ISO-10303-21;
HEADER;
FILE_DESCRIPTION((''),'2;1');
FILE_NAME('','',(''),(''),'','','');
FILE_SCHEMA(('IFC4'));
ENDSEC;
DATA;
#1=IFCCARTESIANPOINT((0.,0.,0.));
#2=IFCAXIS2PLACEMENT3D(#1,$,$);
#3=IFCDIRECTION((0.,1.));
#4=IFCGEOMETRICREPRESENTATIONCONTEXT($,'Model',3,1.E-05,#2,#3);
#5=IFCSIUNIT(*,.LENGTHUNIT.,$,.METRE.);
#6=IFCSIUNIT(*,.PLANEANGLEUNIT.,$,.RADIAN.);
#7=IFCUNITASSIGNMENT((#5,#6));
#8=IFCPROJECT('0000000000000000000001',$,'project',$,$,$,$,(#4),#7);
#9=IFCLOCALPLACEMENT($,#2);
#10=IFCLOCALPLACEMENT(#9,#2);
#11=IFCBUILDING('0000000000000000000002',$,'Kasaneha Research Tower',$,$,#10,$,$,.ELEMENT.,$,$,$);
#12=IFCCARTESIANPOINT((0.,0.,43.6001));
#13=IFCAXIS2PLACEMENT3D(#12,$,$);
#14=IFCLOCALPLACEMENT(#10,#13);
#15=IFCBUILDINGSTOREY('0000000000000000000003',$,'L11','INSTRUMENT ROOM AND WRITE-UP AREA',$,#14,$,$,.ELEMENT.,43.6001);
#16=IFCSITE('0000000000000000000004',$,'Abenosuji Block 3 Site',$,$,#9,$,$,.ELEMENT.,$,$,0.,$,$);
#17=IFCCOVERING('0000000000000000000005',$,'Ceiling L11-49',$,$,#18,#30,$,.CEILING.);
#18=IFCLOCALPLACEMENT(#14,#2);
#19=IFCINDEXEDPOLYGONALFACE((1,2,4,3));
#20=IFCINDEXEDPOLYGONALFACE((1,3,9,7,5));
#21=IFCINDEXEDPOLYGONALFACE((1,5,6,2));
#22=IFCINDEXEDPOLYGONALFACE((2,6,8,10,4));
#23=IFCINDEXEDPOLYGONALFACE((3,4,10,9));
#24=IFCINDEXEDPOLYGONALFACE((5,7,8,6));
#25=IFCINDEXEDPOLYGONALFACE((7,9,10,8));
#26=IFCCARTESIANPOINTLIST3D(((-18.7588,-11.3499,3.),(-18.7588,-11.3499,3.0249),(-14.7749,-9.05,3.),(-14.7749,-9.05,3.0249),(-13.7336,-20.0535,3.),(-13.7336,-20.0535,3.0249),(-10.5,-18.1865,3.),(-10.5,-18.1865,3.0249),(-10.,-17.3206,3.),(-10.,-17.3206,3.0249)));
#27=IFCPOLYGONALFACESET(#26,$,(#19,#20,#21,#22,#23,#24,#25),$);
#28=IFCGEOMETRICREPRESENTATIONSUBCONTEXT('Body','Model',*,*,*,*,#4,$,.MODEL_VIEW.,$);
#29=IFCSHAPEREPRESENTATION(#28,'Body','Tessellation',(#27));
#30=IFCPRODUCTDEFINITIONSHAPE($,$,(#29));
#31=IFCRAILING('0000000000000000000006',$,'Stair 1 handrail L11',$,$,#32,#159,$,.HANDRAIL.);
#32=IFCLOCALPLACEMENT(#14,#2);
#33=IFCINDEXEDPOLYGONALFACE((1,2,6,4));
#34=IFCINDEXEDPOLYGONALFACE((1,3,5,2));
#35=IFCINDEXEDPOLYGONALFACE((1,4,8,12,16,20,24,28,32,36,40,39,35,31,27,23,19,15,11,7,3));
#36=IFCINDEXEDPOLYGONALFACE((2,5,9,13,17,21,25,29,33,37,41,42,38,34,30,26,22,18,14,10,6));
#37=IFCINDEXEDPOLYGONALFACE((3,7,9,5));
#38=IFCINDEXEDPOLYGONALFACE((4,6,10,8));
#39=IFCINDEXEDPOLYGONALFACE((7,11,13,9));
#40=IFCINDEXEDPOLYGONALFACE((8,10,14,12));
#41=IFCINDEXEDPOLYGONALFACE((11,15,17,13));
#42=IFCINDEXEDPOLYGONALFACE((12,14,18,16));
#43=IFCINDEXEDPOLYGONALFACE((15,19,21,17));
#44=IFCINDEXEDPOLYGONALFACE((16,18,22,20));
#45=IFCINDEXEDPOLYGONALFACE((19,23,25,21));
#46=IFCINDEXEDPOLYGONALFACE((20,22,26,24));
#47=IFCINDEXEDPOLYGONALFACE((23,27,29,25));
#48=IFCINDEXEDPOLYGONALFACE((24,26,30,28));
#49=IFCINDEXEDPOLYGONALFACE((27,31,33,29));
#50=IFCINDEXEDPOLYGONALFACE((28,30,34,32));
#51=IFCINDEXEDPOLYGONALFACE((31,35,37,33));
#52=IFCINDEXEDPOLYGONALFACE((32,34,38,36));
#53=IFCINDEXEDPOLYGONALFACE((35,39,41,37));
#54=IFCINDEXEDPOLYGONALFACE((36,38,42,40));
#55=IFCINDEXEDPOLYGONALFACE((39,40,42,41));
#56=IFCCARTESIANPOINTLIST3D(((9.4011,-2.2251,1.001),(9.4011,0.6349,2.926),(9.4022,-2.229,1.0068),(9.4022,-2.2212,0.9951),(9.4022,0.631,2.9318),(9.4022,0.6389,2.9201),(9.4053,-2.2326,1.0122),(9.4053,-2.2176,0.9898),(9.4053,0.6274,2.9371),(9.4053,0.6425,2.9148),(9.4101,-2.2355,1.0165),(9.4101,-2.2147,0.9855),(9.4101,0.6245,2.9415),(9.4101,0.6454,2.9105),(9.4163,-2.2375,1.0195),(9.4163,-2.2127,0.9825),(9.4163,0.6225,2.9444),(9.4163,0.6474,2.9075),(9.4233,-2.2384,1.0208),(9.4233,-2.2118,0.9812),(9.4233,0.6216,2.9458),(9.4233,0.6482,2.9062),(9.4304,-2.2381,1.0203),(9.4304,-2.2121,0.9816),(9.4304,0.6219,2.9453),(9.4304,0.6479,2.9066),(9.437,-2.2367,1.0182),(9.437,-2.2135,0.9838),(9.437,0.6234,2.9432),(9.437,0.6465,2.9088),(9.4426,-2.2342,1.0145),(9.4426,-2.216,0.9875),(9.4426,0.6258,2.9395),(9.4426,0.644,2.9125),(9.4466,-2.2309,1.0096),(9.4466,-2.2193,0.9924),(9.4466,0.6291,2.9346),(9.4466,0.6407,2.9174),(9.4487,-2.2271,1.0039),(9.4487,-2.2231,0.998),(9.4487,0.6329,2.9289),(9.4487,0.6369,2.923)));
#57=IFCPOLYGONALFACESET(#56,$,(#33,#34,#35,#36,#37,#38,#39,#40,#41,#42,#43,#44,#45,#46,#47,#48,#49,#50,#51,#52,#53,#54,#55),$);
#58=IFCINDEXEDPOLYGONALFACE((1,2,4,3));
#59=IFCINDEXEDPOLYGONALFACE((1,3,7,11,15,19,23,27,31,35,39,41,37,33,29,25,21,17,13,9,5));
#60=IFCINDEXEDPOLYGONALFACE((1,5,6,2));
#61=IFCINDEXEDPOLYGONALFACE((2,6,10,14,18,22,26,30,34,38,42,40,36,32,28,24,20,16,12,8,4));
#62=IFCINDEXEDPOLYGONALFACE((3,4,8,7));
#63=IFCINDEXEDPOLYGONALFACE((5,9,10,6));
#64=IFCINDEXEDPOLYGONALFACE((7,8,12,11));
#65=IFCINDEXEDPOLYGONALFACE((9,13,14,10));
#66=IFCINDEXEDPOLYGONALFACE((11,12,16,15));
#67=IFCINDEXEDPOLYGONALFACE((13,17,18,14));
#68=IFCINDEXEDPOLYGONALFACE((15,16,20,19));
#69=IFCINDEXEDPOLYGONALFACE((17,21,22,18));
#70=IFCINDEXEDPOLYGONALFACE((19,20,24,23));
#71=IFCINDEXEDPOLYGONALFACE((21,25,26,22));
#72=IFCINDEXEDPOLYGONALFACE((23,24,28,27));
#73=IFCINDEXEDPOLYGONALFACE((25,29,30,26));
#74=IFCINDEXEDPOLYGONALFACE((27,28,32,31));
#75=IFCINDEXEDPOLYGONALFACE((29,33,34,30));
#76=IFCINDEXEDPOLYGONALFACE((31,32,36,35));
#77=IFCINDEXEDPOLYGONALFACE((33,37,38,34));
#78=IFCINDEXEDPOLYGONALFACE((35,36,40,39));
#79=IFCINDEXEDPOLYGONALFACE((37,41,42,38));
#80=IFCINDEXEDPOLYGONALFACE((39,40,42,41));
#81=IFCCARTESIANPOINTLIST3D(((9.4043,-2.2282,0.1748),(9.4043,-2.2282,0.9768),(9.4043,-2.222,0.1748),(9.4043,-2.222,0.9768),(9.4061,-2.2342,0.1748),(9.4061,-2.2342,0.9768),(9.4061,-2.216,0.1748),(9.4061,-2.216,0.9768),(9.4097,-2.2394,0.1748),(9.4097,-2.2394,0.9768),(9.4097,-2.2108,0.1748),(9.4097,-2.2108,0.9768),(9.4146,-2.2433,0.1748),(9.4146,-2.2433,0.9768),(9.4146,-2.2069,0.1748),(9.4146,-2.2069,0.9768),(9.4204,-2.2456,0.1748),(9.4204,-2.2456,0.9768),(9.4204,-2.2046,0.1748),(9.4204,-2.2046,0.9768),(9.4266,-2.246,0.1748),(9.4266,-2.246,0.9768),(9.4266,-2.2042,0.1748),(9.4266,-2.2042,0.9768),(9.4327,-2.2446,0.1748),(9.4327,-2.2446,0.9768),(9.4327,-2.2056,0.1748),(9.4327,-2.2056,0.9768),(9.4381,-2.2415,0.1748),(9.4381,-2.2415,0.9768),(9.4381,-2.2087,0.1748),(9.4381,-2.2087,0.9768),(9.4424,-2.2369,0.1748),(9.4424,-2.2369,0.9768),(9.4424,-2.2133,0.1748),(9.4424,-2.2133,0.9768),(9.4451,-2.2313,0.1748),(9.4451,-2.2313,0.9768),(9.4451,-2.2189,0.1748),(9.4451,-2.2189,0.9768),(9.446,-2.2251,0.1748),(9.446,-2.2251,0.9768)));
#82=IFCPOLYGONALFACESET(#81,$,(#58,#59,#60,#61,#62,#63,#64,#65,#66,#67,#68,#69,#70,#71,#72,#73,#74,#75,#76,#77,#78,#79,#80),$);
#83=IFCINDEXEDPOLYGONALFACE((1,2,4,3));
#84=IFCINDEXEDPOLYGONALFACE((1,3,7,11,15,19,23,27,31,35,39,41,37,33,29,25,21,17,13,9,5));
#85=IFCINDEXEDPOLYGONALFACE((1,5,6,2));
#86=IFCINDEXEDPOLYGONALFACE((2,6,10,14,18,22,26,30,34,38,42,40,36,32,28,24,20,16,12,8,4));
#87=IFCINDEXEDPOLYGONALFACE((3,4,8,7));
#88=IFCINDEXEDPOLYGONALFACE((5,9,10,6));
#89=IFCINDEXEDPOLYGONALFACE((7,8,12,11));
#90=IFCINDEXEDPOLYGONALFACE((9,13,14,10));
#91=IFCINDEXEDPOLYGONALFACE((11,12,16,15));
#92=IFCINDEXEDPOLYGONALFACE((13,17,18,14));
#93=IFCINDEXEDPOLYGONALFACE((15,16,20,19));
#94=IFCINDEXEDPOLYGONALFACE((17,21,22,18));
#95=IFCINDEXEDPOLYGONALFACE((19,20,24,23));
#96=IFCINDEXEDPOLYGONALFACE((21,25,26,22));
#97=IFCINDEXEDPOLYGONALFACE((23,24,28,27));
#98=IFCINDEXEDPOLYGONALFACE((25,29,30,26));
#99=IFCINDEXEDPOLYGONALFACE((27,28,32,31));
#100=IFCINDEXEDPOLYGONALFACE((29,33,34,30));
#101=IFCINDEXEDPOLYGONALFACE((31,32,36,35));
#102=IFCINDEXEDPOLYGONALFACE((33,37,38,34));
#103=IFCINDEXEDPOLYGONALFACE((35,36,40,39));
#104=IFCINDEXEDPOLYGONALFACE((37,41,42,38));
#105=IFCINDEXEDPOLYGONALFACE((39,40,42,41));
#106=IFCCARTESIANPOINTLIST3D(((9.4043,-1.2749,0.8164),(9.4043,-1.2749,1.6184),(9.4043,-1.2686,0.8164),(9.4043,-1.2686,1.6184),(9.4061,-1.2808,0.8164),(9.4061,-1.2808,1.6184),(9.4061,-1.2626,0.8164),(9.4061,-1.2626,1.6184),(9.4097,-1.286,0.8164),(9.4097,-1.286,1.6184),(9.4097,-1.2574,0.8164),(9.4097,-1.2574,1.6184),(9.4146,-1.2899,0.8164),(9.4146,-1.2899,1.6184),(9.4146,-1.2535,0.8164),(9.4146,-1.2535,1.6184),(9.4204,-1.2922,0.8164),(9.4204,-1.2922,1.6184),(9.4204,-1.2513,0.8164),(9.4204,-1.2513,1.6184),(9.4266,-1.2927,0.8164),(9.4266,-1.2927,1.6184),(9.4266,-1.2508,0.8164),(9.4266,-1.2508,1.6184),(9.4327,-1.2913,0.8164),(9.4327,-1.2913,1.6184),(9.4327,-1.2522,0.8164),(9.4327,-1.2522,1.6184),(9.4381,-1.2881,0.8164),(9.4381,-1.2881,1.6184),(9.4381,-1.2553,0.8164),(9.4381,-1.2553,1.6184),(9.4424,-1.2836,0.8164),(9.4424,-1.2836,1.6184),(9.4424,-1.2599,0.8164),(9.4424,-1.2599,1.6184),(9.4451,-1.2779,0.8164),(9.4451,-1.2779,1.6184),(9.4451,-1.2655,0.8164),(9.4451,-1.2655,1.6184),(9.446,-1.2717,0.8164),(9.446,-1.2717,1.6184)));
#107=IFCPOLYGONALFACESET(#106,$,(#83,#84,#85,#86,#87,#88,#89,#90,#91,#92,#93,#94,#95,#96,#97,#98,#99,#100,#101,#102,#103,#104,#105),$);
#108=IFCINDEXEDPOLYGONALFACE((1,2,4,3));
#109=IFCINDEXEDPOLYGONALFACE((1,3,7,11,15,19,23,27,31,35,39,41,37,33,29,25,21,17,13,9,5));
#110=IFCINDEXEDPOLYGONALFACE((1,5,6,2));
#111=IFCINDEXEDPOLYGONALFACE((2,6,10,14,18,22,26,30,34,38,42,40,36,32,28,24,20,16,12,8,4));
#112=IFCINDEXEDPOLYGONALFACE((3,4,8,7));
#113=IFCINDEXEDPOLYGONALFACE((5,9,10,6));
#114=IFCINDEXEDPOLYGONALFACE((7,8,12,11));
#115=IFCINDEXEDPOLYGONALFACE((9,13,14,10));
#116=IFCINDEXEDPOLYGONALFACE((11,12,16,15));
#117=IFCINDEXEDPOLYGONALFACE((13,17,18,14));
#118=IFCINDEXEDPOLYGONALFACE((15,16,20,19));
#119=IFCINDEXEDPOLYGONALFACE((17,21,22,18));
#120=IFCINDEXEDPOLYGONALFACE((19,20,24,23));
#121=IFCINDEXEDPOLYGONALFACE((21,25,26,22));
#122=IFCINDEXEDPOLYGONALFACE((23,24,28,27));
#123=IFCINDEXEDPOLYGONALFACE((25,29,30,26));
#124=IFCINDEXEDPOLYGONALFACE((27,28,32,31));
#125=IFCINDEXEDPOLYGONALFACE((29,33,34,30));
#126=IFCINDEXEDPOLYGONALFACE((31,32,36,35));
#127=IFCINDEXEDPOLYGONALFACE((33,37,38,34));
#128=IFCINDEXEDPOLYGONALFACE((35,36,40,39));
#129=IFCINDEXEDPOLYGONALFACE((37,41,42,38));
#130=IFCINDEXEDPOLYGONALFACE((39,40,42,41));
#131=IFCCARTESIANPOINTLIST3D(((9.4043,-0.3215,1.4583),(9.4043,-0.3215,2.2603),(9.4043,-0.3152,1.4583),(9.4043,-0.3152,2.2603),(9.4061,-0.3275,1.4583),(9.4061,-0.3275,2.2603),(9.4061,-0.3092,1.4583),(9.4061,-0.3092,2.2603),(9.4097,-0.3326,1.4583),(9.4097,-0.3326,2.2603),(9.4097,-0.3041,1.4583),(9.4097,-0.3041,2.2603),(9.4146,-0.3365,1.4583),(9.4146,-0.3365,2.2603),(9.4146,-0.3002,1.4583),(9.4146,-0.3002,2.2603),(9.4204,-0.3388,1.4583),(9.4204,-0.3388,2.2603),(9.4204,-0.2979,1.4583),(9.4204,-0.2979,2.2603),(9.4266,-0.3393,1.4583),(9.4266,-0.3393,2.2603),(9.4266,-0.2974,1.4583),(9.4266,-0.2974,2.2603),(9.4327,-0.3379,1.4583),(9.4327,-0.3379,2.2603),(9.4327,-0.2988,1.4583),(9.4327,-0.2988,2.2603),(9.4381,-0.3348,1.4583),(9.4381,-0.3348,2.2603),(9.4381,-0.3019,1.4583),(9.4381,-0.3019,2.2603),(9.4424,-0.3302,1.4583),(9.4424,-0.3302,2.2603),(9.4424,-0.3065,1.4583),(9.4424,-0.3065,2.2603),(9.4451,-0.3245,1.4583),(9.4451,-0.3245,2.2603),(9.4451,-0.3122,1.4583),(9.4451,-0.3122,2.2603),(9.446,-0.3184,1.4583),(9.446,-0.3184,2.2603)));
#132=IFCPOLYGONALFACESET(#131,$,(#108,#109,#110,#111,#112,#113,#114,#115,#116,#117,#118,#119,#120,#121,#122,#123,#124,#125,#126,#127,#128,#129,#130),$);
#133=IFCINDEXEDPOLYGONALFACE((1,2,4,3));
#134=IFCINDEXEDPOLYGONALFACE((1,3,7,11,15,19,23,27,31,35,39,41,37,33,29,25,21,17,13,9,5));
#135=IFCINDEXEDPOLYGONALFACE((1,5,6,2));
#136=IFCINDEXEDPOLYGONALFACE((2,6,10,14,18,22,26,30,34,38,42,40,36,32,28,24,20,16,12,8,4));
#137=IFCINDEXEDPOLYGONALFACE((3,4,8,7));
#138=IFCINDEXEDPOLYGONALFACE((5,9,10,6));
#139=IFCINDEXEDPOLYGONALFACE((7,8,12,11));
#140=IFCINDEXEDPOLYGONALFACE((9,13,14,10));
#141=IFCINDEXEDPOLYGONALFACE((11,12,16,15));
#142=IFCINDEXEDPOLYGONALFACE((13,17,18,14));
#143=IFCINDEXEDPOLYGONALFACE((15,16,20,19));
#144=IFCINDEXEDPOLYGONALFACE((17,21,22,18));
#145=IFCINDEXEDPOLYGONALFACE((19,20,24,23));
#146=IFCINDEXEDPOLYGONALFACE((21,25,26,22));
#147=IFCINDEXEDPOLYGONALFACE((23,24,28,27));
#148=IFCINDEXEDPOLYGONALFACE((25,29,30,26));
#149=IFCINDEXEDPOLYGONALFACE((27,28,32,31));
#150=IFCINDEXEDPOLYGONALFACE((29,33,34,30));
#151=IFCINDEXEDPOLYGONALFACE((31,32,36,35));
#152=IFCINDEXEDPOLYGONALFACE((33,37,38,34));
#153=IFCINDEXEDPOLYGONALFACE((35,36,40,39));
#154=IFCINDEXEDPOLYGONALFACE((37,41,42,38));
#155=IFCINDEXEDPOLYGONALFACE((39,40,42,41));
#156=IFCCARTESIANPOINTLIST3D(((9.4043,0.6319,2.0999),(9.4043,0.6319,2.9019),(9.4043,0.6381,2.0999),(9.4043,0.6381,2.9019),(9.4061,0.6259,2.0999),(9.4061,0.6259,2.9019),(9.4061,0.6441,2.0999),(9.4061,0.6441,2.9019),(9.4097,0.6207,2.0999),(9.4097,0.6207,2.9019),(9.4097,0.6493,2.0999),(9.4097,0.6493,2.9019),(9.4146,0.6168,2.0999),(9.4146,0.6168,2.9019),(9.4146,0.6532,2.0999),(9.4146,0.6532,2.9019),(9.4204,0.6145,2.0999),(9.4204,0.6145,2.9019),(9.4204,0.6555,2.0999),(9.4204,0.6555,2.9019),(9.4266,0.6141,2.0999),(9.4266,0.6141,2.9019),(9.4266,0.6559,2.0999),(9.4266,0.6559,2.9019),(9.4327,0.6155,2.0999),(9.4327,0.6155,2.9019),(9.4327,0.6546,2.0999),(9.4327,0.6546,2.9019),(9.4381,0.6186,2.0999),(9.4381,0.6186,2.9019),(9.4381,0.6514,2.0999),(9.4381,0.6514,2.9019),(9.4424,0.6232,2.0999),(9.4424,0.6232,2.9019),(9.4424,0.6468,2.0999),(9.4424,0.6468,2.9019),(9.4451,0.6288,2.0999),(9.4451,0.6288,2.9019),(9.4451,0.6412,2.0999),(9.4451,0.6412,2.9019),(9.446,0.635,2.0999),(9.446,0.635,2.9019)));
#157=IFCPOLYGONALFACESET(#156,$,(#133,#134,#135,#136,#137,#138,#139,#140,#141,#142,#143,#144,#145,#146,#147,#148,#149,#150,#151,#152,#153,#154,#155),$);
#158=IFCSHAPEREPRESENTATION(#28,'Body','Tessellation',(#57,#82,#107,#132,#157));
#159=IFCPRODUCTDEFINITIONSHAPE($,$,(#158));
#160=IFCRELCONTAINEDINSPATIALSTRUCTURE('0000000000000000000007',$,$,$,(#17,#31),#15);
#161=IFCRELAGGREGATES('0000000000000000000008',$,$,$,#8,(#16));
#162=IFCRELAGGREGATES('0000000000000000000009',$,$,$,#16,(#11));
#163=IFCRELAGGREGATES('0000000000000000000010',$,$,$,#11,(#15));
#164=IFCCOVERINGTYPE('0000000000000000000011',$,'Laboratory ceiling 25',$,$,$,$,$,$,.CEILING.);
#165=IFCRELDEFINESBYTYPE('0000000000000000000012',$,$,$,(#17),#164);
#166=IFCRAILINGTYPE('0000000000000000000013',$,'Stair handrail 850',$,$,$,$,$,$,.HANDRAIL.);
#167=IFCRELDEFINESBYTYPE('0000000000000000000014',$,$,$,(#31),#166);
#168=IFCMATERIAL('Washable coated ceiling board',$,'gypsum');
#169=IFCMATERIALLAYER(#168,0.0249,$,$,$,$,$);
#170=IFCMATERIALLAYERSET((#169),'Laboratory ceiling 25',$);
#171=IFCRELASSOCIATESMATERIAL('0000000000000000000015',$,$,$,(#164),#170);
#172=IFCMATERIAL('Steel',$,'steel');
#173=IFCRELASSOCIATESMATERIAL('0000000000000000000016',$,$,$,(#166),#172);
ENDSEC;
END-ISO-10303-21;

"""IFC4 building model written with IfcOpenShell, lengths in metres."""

from ifc_helpers import new_model, si_unit, direction, frame, origin, origin_2d, place, context, subcontext, project, spatial, polyline, circle, outline, extrude, material, layer, layer_set, type_object, element, save


model = new_model("IFC4")

# Units and contexts
model_context = context("Model", 3, precision=1e-05, world=origin(), true_north=direction((0.0, 1.0)))
body_context = subcontext(model_context, "Body", "Model", "MODEL_VIEW")
ifc_project = project(units=[si_unit("LENGTHUNIT", "METRE"), si_unit("PLANEANGLEUNIT", "RADIAN")], contexts=[model_context])

# Site, building, storey
site_placement = place(None, origin())
site = spatial("IfcSite", under=ifc_project, at=site_placement, Name="Abenosuji Block 3 Site", CompositionType="ELEMENT", RefElevation=0.0)
building_placement = place(site_placement, origin())
building = spatial("IfcBuilding", under=site, at=building_placement, Name="Kasaneha Research Tower", CompositionType="ELEMENT")
storey_placement = place(building_placement, frame((0.0, 0.0, 43.6001)))
storey = spatial("IfcBuildingStorey", under=building, at=storey_placement, Name="L11", Description="INSTRUMENT ROOM AND WRITE-UP AREA", CompositionType="ELEMENT", Elevation=43.6001)

# Covering
ifc_material_1 = material(Name="Washable coated ceiling board", Category="gypsum")
ifc_layer_1 = layer(ifc_material_1, 0.0249)
ifc_layer_set_1 = layer_set([ifc_layer_1], Name="Laboratory ceiling 25")
covering_type = type_object("IfcCoveringType", Name="Laboratory ceiling 25", PredefinedType="CEILING", material=ifc_layer_set_1)
covering_1_placement = place(storey_placement, frame((0.0, 0.0, 3.0)))
element("IfcCovering", 1, at=covering_1_placement, inside=storey, type_object=covering_type, Name="Ceiling L11-49", PredefinedType="CEILING", context=body_context, shape_type="SweptSolid", body=[
    extrude(outline(polyline([(-10.5, -18.1865), (-13.7336, -20.0535), (-18.7588, -11.3499), (-14.7749, -9.05), (-10.0, -17.3206), (-10.5, -18.1865)])), origin(), (0.0, 0.0, 1.0), 0.0249),
])

# Railing
ifc_material_2 = material(Name="Steel", Category="steel")
railing_type = type_object("IfcRailingType", Name="Stair handrail 850", PredefinedType="HANDRAIL", material=ifc_material_2)
railing_placement = place(storey_placement, frame((9.425, -2.2251, 0.1748)))
element("IfcRailing", 2, at=railing_placement, inside=storey, type_object=railing_type, Name="Stair 1 handrail L11", PredefinedType="HANDRAIL", context=body_context, shape_type="SweptSolid", body=[
    extrude(circle(Radius=0.0239, at=origin_2d()), frame((0.0, 0.0, 0.8262), z_axis=(0.0, 0.829591, 0.558372), x_axis=(-1.0, 0.0, 0.0)), (0.0, 0.0, 1.0), 3.4475),
    extrude(circle(Radius=0.021, at=origin_2d()), origin(), (0.0, 0.0, 1.0), 0.802),
    extrude(circle(Radius=0.021, at=origin_2d()), frame((0.0, 0.9534, 0.6416)), (0.0, 0.0, 1.0), 0.802),
    extrude(circle(Radius=0.021, at=origin_2d()), frame((0.0, 1.9067, 1.2834)), (0.0, 0.0, 1.0), 0.802),
    extrude(circle(Radius=0.021, at=origin_2d()), frame((0.0, 2.8601, 1.925)), (0.0, 0.0, 1.0), 0.802),
])

save(model, "model.ifc")
